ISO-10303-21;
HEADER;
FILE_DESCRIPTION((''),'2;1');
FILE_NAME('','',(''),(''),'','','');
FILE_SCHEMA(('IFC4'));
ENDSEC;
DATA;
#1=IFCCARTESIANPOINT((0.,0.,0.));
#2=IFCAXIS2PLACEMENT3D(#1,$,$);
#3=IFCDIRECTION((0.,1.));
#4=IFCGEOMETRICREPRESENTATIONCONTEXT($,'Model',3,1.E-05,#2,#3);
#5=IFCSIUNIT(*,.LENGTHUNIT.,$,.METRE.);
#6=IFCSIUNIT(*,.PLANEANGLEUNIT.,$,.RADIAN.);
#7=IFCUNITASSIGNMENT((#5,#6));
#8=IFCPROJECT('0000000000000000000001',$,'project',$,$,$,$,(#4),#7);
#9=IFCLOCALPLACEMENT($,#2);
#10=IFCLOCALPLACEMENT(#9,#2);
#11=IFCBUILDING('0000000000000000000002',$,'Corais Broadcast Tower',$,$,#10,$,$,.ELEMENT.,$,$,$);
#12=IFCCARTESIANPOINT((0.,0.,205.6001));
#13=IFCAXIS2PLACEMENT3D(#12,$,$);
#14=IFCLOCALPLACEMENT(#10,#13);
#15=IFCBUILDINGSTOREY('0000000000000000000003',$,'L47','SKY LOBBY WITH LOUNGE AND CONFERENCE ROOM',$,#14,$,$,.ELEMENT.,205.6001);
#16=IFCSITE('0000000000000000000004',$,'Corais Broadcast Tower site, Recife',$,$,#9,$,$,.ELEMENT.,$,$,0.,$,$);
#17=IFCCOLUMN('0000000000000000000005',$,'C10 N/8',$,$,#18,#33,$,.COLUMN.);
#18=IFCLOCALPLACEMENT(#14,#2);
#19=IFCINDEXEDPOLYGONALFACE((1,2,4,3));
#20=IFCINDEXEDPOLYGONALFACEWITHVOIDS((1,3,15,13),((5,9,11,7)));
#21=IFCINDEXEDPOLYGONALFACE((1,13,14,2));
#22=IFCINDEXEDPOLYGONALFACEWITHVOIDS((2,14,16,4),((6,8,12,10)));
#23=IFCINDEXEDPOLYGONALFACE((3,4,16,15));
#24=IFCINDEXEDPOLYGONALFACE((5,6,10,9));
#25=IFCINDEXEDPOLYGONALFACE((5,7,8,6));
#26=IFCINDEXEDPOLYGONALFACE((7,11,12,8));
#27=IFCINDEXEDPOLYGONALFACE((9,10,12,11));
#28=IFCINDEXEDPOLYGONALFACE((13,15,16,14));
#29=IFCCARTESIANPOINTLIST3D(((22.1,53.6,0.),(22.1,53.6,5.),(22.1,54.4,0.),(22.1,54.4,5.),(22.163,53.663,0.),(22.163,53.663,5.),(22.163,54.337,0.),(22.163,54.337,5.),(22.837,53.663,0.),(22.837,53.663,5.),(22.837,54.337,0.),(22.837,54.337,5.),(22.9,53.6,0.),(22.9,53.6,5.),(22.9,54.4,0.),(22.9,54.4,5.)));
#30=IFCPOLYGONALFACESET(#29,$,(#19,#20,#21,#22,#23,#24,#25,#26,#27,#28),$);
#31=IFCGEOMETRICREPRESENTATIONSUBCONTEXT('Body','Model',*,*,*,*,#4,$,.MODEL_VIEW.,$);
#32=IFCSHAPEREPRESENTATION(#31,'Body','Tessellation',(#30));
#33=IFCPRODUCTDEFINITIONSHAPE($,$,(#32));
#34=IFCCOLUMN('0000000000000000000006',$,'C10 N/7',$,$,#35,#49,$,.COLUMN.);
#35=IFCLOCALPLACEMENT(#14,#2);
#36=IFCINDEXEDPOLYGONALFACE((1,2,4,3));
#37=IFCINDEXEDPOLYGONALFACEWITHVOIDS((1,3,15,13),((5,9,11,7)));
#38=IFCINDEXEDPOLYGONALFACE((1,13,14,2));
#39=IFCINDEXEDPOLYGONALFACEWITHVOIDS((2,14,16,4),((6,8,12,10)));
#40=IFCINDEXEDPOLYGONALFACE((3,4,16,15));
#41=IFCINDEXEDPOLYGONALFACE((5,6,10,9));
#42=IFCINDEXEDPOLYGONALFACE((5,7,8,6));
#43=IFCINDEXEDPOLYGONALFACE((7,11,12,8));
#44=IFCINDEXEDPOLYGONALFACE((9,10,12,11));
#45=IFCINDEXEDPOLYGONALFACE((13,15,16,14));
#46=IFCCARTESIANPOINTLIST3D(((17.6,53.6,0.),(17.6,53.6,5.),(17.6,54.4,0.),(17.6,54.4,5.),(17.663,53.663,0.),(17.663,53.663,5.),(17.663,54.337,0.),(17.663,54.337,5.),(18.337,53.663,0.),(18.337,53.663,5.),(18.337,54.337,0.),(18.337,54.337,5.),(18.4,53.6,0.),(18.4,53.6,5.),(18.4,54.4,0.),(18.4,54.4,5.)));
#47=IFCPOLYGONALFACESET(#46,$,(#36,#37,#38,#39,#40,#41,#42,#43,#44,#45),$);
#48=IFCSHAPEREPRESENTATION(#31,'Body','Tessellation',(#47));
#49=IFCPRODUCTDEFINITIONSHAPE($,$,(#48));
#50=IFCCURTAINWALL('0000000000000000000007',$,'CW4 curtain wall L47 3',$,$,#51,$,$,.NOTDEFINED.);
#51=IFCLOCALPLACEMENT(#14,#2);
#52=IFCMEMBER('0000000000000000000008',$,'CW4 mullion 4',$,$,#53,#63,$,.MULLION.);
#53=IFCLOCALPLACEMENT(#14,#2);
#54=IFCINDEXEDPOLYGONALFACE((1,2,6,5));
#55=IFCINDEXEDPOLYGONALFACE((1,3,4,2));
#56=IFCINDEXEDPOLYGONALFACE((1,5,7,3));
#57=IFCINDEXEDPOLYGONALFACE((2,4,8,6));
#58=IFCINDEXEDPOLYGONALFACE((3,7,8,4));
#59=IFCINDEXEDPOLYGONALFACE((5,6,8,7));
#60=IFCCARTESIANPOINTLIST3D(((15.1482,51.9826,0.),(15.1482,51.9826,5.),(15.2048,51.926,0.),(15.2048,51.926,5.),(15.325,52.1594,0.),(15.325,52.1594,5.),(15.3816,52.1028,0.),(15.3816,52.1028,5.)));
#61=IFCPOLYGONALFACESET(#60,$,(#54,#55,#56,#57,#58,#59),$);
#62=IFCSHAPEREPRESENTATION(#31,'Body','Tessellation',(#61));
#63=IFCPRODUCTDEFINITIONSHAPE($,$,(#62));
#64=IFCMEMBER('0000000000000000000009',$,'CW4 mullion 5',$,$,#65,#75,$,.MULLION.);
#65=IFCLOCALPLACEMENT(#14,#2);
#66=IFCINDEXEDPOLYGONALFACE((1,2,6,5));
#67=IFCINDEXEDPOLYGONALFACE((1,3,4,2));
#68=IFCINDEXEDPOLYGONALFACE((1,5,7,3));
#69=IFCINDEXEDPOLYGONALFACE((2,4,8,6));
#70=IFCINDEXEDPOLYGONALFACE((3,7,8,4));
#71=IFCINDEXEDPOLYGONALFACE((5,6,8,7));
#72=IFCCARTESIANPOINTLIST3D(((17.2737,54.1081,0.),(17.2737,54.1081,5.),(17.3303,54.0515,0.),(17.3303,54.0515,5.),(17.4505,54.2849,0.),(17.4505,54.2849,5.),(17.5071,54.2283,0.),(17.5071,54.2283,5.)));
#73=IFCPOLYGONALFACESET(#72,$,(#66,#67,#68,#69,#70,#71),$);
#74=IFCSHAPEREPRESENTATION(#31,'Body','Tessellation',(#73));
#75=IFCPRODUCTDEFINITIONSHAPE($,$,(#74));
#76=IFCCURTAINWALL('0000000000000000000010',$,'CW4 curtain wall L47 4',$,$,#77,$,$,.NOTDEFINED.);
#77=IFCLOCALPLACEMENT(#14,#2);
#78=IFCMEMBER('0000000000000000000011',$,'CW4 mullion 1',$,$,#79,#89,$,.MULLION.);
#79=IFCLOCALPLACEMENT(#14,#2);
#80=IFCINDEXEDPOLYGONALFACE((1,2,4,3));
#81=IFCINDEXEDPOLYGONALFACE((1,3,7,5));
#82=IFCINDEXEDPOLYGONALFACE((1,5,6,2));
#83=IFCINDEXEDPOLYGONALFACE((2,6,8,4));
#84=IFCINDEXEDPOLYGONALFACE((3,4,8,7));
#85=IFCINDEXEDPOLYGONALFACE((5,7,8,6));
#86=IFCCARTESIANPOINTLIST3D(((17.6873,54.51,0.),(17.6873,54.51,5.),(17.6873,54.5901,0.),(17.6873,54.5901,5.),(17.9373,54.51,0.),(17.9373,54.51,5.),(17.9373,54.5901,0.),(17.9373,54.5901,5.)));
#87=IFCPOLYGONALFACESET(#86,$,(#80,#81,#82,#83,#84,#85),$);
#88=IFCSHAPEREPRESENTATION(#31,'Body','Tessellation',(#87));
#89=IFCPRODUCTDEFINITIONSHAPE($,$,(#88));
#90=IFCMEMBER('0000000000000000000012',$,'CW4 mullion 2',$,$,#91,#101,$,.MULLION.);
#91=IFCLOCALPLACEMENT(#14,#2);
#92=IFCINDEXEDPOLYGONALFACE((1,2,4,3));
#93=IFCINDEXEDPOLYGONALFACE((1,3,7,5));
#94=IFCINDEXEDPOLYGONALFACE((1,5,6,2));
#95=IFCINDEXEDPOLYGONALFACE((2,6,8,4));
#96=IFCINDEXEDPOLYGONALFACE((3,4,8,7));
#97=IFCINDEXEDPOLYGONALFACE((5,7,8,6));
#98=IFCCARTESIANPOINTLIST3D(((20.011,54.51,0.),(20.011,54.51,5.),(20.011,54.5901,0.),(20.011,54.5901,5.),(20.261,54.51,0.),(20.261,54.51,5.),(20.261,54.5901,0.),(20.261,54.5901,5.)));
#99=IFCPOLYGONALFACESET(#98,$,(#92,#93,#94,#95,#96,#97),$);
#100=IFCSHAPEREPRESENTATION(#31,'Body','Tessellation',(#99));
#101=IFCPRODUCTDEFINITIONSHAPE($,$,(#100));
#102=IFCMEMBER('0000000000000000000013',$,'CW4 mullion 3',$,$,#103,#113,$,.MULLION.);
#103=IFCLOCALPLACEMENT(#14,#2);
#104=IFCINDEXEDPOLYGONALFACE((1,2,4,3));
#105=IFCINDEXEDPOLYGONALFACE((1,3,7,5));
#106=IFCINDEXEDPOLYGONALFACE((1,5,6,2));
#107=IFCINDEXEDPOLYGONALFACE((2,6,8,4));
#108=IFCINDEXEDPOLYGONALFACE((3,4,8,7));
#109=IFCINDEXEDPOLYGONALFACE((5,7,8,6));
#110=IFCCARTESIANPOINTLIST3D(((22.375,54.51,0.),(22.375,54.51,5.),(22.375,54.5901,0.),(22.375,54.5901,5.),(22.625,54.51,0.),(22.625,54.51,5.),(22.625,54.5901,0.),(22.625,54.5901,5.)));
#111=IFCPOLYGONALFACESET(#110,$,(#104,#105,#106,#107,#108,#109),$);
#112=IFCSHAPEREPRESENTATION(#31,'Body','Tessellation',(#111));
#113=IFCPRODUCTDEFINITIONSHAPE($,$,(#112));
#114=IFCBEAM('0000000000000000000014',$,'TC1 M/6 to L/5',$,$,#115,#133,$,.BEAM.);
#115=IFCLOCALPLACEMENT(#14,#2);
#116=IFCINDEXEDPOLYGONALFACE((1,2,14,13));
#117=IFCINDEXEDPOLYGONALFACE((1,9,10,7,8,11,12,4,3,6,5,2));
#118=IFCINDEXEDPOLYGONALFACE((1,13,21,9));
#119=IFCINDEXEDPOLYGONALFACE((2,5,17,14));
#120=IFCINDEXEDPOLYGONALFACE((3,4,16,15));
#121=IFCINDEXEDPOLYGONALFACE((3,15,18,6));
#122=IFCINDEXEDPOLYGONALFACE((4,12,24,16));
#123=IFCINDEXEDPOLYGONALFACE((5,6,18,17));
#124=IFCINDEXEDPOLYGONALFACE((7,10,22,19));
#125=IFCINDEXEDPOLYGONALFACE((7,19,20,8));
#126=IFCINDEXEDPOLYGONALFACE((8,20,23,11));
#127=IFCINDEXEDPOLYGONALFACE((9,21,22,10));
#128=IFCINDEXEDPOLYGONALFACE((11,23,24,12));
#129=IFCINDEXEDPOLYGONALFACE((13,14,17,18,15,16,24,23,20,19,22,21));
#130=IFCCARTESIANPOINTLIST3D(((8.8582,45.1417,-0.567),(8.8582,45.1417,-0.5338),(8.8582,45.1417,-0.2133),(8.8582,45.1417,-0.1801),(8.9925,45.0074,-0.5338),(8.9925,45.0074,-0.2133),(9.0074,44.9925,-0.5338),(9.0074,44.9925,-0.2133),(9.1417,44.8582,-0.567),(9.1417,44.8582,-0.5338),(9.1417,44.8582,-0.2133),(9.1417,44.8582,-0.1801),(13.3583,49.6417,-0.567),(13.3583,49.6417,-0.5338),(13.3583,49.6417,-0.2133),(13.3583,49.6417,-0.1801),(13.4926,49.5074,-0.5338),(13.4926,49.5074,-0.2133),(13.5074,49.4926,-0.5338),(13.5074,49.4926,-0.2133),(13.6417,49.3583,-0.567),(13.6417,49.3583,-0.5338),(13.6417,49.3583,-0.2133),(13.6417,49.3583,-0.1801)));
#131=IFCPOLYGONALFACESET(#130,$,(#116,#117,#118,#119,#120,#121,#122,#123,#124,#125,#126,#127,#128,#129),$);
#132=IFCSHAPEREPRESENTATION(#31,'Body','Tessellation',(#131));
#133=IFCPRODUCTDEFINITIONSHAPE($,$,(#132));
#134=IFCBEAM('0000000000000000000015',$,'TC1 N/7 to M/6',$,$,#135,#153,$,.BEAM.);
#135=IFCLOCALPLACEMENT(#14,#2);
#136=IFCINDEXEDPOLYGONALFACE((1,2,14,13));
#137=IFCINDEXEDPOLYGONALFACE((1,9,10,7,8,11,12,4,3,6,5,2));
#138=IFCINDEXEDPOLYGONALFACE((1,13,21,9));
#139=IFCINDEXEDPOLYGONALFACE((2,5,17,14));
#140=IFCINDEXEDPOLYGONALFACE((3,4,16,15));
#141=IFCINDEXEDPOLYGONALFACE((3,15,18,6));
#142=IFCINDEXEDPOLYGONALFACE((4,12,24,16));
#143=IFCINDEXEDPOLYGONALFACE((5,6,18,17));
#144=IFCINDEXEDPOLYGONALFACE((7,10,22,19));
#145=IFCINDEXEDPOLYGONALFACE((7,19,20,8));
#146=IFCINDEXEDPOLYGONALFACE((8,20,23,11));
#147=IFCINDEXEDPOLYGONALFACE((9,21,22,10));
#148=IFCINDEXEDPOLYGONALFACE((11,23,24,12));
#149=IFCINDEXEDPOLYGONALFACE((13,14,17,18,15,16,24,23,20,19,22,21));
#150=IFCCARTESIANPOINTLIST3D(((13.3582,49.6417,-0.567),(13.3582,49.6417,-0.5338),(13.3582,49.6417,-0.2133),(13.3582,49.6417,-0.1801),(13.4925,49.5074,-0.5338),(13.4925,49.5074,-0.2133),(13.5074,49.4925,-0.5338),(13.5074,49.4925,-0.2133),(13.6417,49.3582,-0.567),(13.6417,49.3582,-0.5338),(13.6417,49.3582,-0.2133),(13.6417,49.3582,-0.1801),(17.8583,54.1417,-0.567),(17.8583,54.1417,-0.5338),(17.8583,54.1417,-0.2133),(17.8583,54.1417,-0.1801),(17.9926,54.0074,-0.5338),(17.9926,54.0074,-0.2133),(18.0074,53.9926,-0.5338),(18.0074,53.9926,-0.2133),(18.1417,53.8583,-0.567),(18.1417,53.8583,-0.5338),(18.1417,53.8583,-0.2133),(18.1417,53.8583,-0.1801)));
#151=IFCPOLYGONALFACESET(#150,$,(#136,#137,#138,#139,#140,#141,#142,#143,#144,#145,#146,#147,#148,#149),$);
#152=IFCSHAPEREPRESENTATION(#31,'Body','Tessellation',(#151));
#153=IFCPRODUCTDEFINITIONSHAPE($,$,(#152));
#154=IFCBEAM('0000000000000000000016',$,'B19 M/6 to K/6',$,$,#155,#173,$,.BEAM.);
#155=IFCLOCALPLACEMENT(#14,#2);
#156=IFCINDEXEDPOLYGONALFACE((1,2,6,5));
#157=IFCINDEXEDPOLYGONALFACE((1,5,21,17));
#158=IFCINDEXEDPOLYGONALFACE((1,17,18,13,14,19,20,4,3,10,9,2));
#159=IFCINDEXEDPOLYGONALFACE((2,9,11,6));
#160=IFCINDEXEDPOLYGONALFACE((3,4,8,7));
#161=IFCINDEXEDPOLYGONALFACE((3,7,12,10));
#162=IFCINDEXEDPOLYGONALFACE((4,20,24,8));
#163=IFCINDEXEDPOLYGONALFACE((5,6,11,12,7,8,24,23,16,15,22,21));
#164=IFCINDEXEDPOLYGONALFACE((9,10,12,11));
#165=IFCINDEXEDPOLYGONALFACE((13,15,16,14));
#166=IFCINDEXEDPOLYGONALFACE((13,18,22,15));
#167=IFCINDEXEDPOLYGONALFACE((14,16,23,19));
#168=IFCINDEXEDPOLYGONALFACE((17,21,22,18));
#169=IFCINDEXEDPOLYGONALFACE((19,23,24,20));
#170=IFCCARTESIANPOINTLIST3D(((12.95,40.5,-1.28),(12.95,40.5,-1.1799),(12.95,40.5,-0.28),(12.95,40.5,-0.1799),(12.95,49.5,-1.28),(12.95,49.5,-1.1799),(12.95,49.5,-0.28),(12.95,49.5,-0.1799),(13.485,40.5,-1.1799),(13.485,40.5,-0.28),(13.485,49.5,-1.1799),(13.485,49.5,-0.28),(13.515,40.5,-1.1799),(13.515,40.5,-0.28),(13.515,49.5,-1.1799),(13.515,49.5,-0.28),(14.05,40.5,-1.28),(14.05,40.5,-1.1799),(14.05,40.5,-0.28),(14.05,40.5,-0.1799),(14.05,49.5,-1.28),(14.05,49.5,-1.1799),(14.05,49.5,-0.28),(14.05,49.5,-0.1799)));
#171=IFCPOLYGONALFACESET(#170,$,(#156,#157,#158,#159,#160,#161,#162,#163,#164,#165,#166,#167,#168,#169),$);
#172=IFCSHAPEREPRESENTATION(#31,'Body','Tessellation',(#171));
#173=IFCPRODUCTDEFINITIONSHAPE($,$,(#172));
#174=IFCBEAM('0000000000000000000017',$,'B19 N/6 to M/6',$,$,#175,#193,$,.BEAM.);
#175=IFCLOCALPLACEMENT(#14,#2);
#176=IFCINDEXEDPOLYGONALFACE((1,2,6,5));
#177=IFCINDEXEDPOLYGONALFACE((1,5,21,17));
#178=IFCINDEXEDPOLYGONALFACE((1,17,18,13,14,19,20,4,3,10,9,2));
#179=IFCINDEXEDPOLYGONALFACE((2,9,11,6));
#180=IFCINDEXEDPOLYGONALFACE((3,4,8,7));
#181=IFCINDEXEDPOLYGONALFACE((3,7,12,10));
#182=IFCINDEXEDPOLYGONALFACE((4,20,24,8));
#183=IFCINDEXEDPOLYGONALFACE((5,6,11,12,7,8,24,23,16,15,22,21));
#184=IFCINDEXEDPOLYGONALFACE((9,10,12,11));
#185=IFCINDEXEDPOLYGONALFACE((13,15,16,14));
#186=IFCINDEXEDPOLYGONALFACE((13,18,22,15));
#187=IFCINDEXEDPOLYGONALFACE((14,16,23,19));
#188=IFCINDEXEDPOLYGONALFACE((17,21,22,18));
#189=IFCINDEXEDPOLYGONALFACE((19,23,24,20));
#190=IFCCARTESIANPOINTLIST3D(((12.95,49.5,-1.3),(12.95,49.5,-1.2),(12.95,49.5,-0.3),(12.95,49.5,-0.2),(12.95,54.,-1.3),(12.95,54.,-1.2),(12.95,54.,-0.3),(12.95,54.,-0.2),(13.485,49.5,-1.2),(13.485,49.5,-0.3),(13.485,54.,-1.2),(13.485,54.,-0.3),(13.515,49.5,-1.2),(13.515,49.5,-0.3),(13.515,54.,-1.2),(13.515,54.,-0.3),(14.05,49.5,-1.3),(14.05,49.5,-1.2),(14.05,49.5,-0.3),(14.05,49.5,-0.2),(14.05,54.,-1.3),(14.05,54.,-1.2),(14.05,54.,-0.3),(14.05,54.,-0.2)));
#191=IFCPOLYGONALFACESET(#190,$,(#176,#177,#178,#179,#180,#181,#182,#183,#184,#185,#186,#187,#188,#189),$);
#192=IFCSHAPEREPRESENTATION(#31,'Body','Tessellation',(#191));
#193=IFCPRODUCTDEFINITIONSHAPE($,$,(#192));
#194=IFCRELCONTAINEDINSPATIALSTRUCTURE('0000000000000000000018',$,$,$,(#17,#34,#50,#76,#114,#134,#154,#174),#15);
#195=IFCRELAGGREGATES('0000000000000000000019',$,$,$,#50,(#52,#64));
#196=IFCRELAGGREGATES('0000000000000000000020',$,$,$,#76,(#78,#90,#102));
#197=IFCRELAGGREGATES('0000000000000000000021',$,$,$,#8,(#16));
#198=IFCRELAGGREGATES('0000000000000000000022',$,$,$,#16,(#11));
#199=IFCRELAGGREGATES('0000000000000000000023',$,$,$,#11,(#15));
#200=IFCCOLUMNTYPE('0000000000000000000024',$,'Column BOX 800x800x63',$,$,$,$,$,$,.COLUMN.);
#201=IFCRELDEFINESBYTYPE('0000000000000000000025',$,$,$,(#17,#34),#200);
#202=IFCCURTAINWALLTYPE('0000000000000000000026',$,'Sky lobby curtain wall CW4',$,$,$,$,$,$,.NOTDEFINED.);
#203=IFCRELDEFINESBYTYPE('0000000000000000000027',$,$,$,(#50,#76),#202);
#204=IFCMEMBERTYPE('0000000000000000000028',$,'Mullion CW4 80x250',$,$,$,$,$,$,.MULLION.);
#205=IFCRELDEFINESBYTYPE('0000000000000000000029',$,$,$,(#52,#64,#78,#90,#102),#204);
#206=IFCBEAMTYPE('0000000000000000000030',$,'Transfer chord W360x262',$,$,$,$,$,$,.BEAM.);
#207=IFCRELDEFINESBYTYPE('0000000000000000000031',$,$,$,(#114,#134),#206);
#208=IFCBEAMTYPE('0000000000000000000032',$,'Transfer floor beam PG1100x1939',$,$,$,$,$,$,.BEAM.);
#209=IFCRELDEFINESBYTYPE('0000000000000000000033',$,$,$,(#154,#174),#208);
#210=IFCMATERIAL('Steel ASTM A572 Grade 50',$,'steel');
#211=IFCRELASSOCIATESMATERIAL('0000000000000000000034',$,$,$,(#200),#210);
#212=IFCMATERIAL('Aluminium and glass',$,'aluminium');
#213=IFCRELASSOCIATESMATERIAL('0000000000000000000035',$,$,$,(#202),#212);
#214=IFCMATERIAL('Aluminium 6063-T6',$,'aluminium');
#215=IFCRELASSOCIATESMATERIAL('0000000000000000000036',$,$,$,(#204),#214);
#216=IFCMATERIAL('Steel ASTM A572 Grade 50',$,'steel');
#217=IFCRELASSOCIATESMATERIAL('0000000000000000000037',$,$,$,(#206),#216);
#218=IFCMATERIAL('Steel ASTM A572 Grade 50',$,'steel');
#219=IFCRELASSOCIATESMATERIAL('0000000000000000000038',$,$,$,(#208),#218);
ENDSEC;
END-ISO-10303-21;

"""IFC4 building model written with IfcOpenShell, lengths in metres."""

from ifc_helpers import new_model, si_unit, direction, frame, origin, origin_2d, place, context, subcontext, project, spatial, rectangle, hollow_rectangle, i_section, extrude, material, material_profile, profile_set, type_object, element, aggregate, save


model = new_model("IFC4")

# Units and contexts
model_context = context("Model", 3, precision=1e-05, world=origin(), true_north=direction((0.0, 1.0)))
body_context = subcontext(model_context, "Body", "Model", "MODEL_VIEW")
ifc_project = project(units=[si_unit("LENGTHUNIT", "METRE"), si_unit("PLANEANGLEUNIT", "RADIAN")], contexts=[model_context])

# Site, building, storey
site_placement = place(None, origin())
site = spatial("IfcSite", under=ifc_project, at=site_placement, Name="Corais Broadcast Tower site, Recife", CompositionType="ELEMENT", RefElevation=0.0)
building_placement = place(site_placement, origin())
building = spatial("IfcBuilding", under=site, at=building_placement, Name="Corais Broadcast Tower", CompositionType="ELEMENT")
storey_placement = place(building_placement, frame((0.0, 0.0, 205.6001)))
storey = spatial("IfcBuildingStorey", under=building, at=storey_placement, Name="L47", Description="SKY LOBBY WITH LOUNGE AND CONFERENCE ROOM", CompositionType="ELEMENT", Elevation=205.6001)

# Columns
ifc_material_1 = material(Name="Steel ASTM A572 Grade 50", Category="steel")
ifc_material_profile_1 = material_profile(ifc_material_1, hollow_rectangle(XDim=0.8, YDim=0.8, WallThickness=0.063, at=origin_2d()), Name="BOX 800x800x63")
ifc_profile_set_1 = profile_set([ifc_material_profile_1], Name="Steel ASTM A572 Grade 50")
column_type = type_object("IfcColumnType", Name="Column BOX 800x800x63", PredefinedType="COLUMN", material=ifc_profile_set_1)
for number, where, z_axis, x_axis, name in (
    (1, (22.5, 54.0, 0.0), (0.0, 0.0, 1.0), (1.0, 0.0, 0.0), "C10 N/8"),
    (2, (18.0, 54.0, 0.0), (0.0, 0.0, 1.0), (1.0, 0.0, 0.0), "C10 N/7"),
):
    element("IfcColumn", number, at=place(storey_placement, frame(where, z_axis=z_axis, x_axis=x_axis)), inside=storey, type_object=column_type, Name=name, PredefinedType="COLUMN", context=body_context, shape_type="SweptSolid", body=[
        extrude(hollow_rectangle(XDim=0.8, YDim=0.8, WallThickness=0.063, at=origin_2d()), origin(), (0.0, 0.0, 1.0), 5.0),
    ])

# Curtain walls, members
ifc_material_2 = material(Name="Aluminium and glass", Category="aluminium")
curtain_wall_type = type_object("IfcCurtainWallType", Name="Sky lobby curtain wall CW4", PredefinedType="NOTDEFINED", material=ifc_material_2)
curtain_wall_1_placement = place(storey_placement, origin())
curtain_wall_1 = element("IfcCurtainWall", 3, at=curtain_wall_1_placement, inside=storey, type_object=curtain_wall_type, Name="CW4 curtain wall L47 3", PredefinedType="NOTDEFINED")
ifc_material_3 = material(Name="Aluminium 6063-T6", Category="aluminium")
ifc_material_profile_2 = material_profile(ifc_material_3, rectangle(XDim=0.0801, YDim=0.25, at=origin_2d()), Name="Mullion CW4 80x250")
ifc_profile_set_2 = profile_set([ifc_material_profile_2], Name="Aluminium 6063-T6")
member_type_1 = type_object("IfcMemberType", Name="Mullion CW4 80x250", PredefinedType="MULLION", material=ifc_profile_set_2)
member_1_placement = place(storey_placement, frame((15.2649, 52.0427, 0.0), z_axis=(0.0, 0.0, 1.0), x_axis=(-0.707107, 0.707107, 0.0)))
member_1 = element("IfcMember", 4, at=member_1_placement, type_object=member_type_1, Name="CW4 mullion 4", PredefinedType="MULLION", context=body_context, shape_type="SweptSolid", body=[
    extrude(rectangle(XDim=0.0801, YDim=0.25, at=origin_2d()), origin(), (0.0, 0.0, 1.0), 5.0),
])
member_2_placement = place(storey_placement, frame((17.3904, 54.1682, 0.0), z_axis=(0.0, 0.0, 1.0), x_axis=(-0.707107, 0.707107, 0.0)))
member_2 = element("IfcMember", 5, at=member_2_placement, type_object=member_type_1, Name="CW4 mullion 5", PredefinedType="MULLION", context=body_context, shape_type="SweptSolid", body=[
    extrude(rectangle(XDim=0.0801, YDim=0.25, at=origin_2d()), origin(), (0.0, 0.0, 1.0), 5.0),
])
curtain_wall_2_placement = place(storey_placement, origin())
curtain_wall_2 = element("IfcCurtainWall", 6, at=curtain_wall_2_placement, inside=storey, type_object=curtain_wall_type, Name="CW4 curtain wall L47 4", PredefinedType="NOTDEFINED")
member_3_placement = place(storey_placement, frame((17.8123, 54.55, 0.0), z_axis=(0.0, 0.0, 1.0), x_axis=(0.0, 1.0, 0.0)))
member_3 = element("IfcMember", 7, at=member_3_placement, type_object=member_type_1, Name="CW4 mullion 1", PredefinedType="MULLION", context=body_context, shape_type="SweptSolid", body=[
    extrude(rectangle(XDim=0.0801, YDim=0.25, at=origin_2d()), origin(), (0.0, 0.0, 1.0), 5.0),
])
member_4_placement = place(storey_placement, frame((20.136, 54.55, 0.0), z_axis=(0.0, 0.0, 1.0), x_axis=(0.0, 1.0, 0.0)))
member_4 = element("IfcMember", 8, at=member_4_placement, type_object=member_type_1, Name="CW4 mullion 2", PredefinedType="MULLION", context=body_context, shape_type="SweptSolid", body=[
    extrude(rectangle(XDim=0.0801, YDim=0.25, at=origin_2d()), origin(), (0.0, 0.0, 1.0), 5.0),
])
member_5_placement = place(storey_placement, frame((22.5, 54.55, 0.0), z_axis=(0.0, 0.0, 1.0), x_axis=(0.0, 1.0, 0.0)))
member_5 = element("IfcMember", 9, at=member_5_placement, type_object=member_type_1, Name="CW4 mullion 3", PredefinedType="MULLION", context=body_context, shape_type="SweptSolid", body=[
    extrude(rectangle(XDim=0.0801, YDim=0.25, at=origin_2d()), origin(), (0.0, 0.0, 1.0), 5.0),
])

# Beams
ifc_material_4 = material(Name="Steel ASTM A572 Grade 50", Category="steel")
ifc_material_profile_3 = material_profile(ifc_material_4, i_section(OverallWidth=0.4009, OverallDepth=0.387, WebThickness=0.021, FlangeThickness=0.0332, at=origin_2d()), Name="W360x262")
ifc_profile_set_3 = profile_set([ifc_material_profile_3], Name="Steel ASTM A572 Grade 50")
beam_type_1 = type_object("IfcBeamType", Name="Transfer chord W360x262", PredefinedType="BEAM", material=ifc_profile_set_3)
for number, where, z_axis, x_axis, name in (
    (10, (13.5, 49.5, -0.3735), (-0.707107, -0.707107, 0.0), (0.707107, -0.707107, 0.0), "TC1 M/6 to L/5"),
    (11, (18.0, 54.0, -0.3735), (-0.707107, -0.707107, 0.0), (0.707107, -0.707107, 0.0), "TC1 N/7 to M/6"),
):
    element("IfcBeam", number, at=place(storey_placement, frame(where, z_axis=z_axis, x_axis=x_axis)), inside=storey, type_object=beam_type_1, Name=name, PredefinedType="BEAM", context=body_context, shape_type="SweptSolid", body=[
        extrude(i_section(OverallWidth=0.4009, OverallDepth=0.387, WebThickness=0.021, FlangeThickness=0.0332, at=origin_2d()), origin(), (0.0, 0.0, 1.0), 6.364),
    ])
ifc_material_5 = material(Name="Steel ASTM A572 Grade 50", Category="steel")
ifc_material_profile_4 = material_profile(ifc_material_5, i_section(OverallWidth=1.1001, OverallDepth=1.1001, WebThickness=0.03, FlangeThickness=0.1001, at=origin_2d()), Name="PG1100x1939")
ifc_profile_set_4 = profile_set([ifc_material_profile_4], Name="Steel ASTM A572 Grade 50")
beam_type_2 = type_object("IfcBeamType", Name="Transfer floor beam PG1100x1939", PredefinedType="BEAM", material=ifc_profile_set_4)
beam_1_placement = place(storey_placement, frame((13.5, 49.5, -0.73), z_axis=(0.0, -1.0, 0.0), x_axis=(1.0, 0.0, 0.0)))
element("IfcBeam", 12, at=beam_1_placement, inside=storey, type_object=beam_type_2, Name="B19 M/6 to K/6", PredefinedType="BEAM", context=body_context, shape_type="SweptSolid", body=[
    extrude(i_section(OverallWidth=1.1001, OverallDepth=1.1001, WebThickness=0.03, FlangeThickness=0.1001, at=origin_2d()), origin(), (0.0, 0.0, 1.0), 9.0),
])
beam_2_placement = place(storey_placement, frame((13.5, 54.0, -0.75), z_axis=(0.0, -1.0, 0.0), x_axis=(1.0, 0.0, 0.0)))
element("IfcBeam", 13, at=beam_2_placement, inside=storey, type_object=beam_type_2, Name="B19 N/6 to M/6", PredefinedType="BEAM", context=body_context, shape_type="SweptSolid", body=[
    extrude(i_section(OverallWidth=1.1001, OverallDepth=1.1001, WebThickness=0.03, FlangeThickness=0.1001, at=origin_2d()), origin(), (0.0, 0.0, 1.0), 4.5),
])

aggregate(curtain_wall_1, [member_1, member_2])
aggregate(curtain_wall_2, [member_3, member_4, member_5])

save(model, "model.ifc")
